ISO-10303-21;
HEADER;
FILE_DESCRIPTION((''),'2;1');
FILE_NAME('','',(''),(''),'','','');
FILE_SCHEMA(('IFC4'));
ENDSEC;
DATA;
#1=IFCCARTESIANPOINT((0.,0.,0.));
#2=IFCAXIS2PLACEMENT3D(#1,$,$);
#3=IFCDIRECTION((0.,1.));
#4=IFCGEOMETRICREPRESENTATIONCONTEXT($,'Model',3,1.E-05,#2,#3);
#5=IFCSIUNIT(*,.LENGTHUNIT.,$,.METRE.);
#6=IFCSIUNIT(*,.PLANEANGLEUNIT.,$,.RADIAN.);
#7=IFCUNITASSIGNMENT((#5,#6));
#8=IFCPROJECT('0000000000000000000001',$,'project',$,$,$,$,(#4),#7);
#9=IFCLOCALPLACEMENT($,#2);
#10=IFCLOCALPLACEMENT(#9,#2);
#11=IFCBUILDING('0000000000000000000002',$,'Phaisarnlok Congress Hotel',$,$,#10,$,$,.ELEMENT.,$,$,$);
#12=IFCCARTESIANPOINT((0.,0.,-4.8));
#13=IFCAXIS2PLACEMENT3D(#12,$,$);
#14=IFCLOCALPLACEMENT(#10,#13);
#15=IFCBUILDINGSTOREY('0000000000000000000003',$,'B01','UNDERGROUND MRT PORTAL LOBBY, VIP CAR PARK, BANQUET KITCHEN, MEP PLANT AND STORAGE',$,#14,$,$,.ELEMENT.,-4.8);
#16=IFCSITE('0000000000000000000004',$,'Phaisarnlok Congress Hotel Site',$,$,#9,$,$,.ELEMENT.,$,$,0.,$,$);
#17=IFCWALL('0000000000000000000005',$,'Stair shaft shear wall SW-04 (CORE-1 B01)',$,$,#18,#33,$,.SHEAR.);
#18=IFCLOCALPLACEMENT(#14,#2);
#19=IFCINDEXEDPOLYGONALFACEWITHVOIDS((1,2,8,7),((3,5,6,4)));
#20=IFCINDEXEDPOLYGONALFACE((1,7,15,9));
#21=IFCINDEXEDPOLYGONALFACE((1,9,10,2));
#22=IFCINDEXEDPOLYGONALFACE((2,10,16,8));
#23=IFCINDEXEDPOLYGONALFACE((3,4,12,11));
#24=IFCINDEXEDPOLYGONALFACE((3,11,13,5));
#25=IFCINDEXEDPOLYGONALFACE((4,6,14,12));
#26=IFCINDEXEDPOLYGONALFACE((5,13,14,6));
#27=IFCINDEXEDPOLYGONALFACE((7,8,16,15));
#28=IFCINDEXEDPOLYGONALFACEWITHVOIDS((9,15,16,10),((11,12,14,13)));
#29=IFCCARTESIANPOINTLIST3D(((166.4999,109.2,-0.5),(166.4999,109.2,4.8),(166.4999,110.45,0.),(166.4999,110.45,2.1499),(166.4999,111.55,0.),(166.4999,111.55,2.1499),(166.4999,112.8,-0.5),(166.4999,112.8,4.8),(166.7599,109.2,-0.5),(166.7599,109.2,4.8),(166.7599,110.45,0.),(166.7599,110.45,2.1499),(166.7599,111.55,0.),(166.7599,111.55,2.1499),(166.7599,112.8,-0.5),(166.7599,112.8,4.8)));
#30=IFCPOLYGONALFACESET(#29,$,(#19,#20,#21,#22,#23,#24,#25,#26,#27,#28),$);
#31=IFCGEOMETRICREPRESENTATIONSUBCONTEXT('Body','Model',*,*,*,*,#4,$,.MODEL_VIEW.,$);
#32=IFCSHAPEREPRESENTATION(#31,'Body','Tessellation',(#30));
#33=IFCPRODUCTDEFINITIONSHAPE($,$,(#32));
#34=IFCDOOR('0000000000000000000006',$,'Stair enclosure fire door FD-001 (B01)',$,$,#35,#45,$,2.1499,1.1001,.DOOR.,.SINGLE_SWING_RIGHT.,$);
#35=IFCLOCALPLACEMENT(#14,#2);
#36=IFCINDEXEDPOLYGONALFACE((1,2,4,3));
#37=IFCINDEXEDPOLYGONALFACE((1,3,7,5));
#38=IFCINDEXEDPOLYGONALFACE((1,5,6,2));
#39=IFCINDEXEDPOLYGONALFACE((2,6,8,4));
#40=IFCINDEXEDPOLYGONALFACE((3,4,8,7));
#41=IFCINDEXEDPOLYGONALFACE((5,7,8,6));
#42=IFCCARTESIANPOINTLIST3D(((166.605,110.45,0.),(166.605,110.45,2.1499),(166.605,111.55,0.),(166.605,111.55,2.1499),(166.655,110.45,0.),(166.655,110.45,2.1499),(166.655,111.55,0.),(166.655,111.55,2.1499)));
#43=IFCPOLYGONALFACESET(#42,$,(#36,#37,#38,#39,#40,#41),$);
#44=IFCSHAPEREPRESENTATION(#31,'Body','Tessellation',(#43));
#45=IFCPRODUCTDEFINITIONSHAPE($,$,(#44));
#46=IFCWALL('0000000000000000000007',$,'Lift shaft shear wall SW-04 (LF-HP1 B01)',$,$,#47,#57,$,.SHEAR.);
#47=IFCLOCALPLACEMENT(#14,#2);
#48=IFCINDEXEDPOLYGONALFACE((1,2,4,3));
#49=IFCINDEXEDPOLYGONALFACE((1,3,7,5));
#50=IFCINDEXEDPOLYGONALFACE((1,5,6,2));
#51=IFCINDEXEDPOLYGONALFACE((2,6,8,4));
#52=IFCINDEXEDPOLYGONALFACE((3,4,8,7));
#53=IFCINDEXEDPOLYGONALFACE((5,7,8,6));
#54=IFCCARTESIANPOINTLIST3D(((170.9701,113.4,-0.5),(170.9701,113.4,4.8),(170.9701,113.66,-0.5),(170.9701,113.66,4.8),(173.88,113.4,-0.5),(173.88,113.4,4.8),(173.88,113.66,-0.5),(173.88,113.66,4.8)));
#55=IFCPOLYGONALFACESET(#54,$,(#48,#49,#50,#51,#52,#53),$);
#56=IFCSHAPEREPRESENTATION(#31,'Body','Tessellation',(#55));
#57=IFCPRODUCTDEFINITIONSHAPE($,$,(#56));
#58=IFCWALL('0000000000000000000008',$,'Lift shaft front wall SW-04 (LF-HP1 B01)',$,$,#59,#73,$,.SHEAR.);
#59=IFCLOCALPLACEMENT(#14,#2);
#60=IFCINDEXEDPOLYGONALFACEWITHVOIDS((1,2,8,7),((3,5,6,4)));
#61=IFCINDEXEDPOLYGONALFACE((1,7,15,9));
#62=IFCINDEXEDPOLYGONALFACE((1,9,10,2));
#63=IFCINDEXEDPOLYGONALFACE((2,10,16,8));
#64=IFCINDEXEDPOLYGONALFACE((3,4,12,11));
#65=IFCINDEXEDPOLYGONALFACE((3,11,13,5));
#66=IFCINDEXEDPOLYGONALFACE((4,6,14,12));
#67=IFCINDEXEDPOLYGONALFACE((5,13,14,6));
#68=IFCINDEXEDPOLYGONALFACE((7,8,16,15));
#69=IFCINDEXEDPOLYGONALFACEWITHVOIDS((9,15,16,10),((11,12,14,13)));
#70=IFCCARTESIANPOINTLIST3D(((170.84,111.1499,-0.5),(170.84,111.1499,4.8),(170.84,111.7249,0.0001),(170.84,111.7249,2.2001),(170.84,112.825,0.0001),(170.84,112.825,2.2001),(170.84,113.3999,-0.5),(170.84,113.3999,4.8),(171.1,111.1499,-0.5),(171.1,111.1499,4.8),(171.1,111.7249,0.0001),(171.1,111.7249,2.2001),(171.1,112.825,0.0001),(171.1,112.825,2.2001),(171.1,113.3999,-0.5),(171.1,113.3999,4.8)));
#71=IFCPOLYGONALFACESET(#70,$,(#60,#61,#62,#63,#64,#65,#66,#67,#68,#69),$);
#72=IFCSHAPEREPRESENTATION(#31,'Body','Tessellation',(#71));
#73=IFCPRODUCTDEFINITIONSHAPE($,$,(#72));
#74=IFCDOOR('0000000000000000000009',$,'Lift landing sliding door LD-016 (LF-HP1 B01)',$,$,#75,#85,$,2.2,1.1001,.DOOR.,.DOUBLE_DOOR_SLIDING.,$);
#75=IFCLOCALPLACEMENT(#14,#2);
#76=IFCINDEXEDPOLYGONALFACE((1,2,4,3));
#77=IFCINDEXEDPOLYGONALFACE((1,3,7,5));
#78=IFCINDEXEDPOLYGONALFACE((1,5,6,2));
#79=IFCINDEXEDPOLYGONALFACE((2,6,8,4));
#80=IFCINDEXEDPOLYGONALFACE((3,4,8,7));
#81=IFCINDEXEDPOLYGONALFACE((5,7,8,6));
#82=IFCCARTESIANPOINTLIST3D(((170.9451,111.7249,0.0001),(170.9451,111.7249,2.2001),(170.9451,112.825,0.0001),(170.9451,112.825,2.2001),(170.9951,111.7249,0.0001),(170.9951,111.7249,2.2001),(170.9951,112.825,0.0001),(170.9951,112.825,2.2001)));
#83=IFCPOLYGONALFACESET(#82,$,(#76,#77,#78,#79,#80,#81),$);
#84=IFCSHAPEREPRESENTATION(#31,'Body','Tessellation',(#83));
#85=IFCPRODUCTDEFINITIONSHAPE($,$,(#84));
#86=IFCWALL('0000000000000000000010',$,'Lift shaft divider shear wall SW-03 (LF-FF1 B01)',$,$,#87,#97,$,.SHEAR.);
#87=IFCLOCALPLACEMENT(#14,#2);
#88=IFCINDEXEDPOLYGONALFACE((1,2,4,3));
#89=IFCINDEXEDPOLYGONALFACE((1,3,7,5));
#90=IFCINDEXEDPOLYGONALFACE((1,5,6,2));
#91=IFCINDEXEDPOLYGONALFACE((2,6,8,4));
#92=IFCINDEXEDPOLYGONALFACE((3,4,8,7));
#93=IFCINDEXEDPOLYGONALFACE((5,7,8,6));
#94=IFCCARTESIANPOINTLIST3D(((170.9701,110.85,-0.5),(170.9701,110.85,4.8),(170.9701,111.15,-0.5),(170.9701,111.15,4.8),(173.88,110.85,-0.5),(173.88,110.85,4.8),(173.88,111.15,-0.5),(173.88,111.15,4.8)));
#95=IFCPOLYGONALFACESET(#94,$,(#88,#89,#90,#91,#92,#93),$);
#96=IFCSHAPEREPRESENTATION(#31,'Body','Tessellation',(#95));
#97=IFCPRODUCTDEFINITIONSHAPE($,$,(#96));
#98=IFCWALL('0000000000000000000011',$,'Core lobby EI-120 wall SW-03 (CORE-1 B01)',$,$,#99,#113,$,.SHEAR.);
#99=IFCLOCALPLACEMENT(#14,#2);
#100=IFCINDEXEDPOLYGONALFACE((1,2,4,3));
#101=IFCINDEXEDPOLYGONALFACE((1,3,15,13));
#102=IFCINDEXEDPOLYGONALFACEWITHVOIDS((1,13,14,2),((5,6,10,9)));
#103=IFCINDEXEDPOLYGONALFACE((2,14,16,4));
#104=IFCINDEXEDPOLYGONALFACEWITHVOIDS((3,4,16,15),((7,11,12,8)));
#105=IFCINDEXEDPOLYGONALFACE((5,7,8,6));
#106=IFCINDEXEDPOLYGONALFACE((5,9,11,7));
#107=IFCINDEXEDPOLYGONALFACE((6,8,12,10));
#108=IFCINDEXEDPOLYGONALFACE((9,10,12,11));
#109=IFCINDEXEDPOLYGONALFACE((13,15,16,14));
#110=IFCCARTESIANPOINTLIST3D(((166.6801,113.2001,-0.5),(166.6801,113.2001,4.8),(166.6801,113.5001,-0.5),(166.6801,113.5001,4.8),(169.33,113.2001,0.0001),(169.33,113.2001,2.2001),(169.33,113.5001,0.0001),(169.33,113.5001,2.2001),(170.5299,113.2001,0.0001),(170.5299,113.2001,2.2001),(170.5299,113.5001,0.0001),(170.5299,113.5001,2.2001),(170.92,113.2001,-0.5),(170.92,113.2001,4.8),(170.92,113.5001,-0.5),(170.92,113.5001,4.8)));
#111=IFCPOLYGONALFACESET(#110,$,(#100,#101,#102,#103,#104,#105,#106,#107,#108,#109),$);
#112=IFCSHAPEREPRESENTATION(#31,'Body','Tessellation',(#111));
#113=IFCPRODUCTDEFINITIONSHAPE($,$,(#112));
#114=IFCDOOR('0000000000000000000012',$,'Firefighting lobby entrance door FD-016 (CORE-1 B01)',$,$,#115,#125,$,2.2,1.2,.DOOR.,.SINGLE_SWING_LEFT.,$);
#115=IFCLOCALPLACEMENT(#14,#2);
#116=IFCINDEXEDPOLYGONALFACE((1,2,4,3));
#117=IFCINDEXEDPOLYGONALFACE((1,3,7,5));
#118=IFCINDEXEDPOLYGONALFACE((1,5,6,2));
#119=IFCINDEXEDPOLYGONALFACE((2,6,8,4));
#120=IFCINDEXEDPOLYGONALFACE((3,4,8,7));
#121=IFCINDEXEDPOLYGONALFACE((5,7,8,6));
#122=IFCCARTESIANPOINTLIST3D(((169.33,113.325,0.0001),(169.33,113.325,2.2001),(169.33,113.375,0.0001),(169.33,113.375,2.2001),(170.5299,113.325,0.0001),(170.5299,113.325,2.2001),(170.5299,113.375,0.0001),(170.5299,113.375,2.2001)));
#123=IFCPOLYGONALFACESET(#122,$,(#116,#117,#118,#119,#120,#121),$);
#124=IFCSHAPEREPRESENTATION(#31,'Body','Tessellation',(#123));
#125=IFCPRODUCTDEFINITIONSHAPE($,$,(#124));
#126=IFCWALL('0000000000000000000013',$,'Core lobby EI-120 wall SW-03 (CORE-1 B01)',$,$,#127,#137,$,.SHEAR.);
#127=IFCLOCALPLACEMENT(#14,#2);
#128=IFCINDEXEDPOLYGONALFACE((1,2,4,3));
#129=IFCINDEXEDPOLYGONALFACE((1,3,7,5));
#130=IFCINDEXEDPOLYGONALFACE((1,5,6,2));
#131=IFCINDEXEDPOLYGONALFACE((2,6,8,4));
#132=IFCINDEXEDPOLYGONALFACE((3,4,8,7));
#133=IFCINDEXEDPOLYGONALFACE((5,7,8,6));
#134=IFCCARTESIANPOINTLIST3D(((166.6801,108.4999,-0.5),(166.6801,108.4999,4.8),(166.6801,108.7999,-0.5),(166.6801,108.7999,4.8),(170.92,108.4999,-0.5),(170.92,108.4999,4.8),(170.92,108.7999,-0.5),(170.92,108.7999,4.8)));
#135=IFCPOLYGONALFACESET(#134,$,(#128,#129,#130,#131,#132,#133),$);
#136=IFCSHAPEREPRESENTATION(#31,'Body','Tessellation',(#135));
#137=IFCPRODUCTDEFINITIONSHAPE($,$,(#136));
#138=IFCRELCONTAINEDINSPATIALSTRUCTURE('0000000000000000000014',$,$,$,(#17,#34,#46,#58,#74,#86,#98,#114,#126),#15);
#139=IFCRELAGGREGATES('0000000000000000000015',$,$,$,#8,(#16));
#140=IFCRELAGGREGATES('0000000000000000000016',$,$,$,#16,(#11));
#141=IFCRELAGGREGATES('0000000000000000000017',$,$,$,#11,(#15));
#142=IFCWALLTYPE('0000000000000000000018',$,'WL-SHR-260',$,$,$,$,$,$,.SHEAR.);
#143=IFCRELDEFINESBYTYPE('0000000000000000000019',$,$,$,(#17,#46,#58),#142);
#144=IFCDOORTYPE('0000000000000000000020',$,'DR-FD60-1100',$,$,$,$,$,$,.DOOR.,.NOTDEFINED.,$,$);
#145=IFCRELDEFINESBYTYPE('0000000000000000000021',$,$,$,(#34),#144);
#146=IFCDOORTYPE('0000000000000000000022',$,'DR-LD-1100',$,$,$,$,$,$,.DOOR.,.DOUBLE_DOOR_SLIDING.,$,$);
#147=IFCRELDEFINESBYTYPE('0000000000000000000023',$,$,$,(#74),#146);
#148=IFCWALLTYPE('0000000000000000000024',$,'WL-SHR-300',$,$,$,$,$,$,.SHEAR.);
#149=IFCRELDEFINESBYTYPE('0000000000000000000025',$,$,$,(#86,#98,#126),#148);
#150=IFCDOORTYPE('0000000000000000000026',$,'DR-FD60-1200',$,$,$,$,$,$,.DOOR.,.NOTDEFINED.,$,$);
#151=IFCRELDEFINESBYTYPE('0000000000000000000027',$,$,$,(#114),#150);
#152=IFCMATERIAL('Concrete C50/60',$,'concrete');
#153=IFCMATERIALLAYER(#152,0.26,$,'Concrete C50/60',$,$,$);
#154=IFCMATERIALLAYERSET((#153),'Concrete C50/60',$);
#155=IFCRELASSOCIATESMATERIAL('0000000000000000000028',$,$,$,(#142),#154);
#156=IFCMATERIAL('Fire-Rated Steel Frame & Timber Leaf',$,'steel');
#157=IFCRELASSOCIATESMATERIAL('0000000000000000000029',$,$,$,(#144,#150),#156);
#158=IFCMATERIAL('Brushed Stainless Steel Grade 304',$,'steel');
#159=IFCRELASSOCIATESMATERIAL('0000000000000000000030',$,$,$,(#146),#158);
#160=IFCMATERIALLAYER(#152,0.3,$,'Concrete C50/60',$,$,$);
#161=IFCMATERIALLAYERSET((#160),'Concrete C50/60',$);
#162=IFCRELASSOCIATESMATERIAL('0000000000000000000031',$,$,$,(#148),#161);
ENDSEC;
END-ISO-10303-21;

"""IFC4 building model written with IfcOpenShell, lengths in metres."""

from ifc_helpers import new_model, si_unit, direction, frame, frame_2d, origin, place, context, subcontext, project, spatial, rectangle, extrude, material, layer, layer_set, type_object, element, fill, save


model = new_model("IFC4")

# Units and contexts
model_context = context("Model", 3, precision=1e-05, world=origin(), true_north=direction((0.0, 1.0)))
body_context = subcontext(model_context, "Body", "Model", "MODEL_VIEW")
ifc_project = project(units=[si_unit("LENGTHUNIT", "METRE"), si_unit("PLANEANGLEUNIT", "RADIAN")], contexts=[model_context])

# Site, building, storey
site_placement = place(None, origin())
site = spatial("IfcSite", under=ifc_project, at=site_placement, Name="Phaisarnlok Congress Hotel Site", CompositionType="ELEMENT", RefElevation=0.0)
building_placement = place(site_placement, origin())
building = spatial("IfcBuilding", under=site, at=building_placement, Name="Phaisarnlok Congress Hotel", CompositionType="ELEMENT")
storey_placement = place(building_placement, frame((0.0, 0.0, -4.8)))
storey = spatial("IfcBuildingStorey", under=building, at=storey_placement, Name="B01", Description="UNDERGROUND MRT PORTAL LOBBY, VIP CAR PARK, BANQUET KITCHEN, MEP PLANT AND STORAGE", CompositionType="ELEMENT", Elevation=-4.8)

# Shared definitions
ifc_material_1 = material(Name="Concrete C50/60", Category="concrete")

# Wall, opening, door
ifc_layer_1 = layer(ifc_material_1, 0.26, Name="Concrete C50/60")
ifc_layer_set_1 = layer_set([ifc_layer_1], Name="Concrete C50/60")
wall_type_1 = type_object("IfcWallType", Name="WL-SHR-260", PredefinedType="SHEAR", material=ifc_layer_set_1)
wall_1_placement = place(storey_placement, frame((166.6299, 109.2, -0.5), z_axis=(0.0, 0.0, 1.0), x_axis=(0.0, 1.0, 0.0)))
wall_1 = element("IfcWall", 1, at=wall_1_placement, inside=storey, type_object=wall_type_1, Name="Stair shaft shear wall SW-04 (CORE-1 B01)", PredefinedType="SHEAR", context=body_context, shape_type="SweptSolid", body=[
    extrude(rectangle(XDim=3.6001, YDim=0.26, at=frame_2d((1.8, 0.0))), origin(), (0.0, 0.0, 1.0), 5.3),
])
opening_1_placement = place(wall_1_placement, frame((1.25, 0.0, 0.5)))
opening_1 = element("IfcOpeningElement", 2, at=opening_1_placement, cuts=wall_1, PredefinedType="OPENING", context=body_context, shape_type="SweptSolid", body=[
    extrude(rectangle(XDim=1.1001, YDim=2.1499, at=frame_2d((0.55, 1.075))), frame((0.0, 0.1401, 0.0), z_axis=(0.0, -1.0, 0.0), x_axis=(1.0, 0.0, 0.0)), (0.0, 0.0, 1.0), 0.28),
])
ifc_material_2 = material(Name="Fire-Rated Steel Frame & Timber Leaf", Category="steel")
door_type_1 = type_object("IfcDoorType", Name="DR-FD60-1100", OperationType="NOTDEFINED", PredefinedType="DOOR", material=ifc_material_2)
door_1_placement = place(opening_1_placement, origin())
door_1 = element("IfcDoor", 3, at=door_1_placement, inside=storey, type_object=door_type_1, Name="Stair enclosure fire door FD-001 (B01)", OperationType="SINGLE_SWING_RIGHT", OverallHeight=2.1499, OverallWidth=1.1001, PredefinedType="DOOR", context=body_context, shape_type="SweptSolid", body=[
    extrude(rectangle(XDim=1.1001, YDim=2.1499, at=frame_2d((0.55, 1.075))), frame((0.0, 0.0249, 0.0), z_axis=(0.0, -1.0, 0.0), x_axis=(1.0, 0.0, 0.0)), (0.0, 0.0, 1.0), 0.05),
])
fill(opening_1, door_1)

# Wall
wall_2_placement = place(storey_placement, frame((170.97, 113.53, -0.5), z_axis=(0.0, 0.0, 1.0), x_axis=(1.0, 0.0, 0.0)))
element("IfcWall", 4, at=wall_2_placement, inside=storey, type_object=wall_type_1, Name="Lift shaft shear wall SW-04 (LF-HP1 B01)", PredefinedType="SHEAR", context=body_context, shape_type="SweptSolid", body=[
    extrude(rectangle(XDim=2.9099, YDim=0.26, at=frame_2d((1.4551, 0.0))), origin(), (0.0, 0.0, 1.0), 5.3),
])

# Wall, opening, door
wall_3_placement = place(storey_placement, frame((170.97, 111.1499, -0.5), z_axis=(0.0, 0.0, 1.0), x_axis=(0.0, 1.0, 0.0)))
wall_3 = element("IfcWall", 5, at=wall_3_placement, inside=storey, type_object=wall_type_1, Name="Lift shaft front wall SW-04 (LF-HP1 B01)", PredefinedType="SHEAR", context=body_context, shape_type="SweptSolid", body=[
    extrude(rectangle(XDim=2.25, YDim=0.26, at=frame_2d((1.125, 0.0))), origin(), (0.0, 0.0, 1.0), 5.3),
])
opening_2_placement = place(wall_3_placement, frame((0.575, 0.0, 0.5)))
opening_2 = element("IfcOpeningElement", 6, at=opening_2_placement, cuts=wall_3, PredefinedType="OPENING", context=body_context, shape_type="SweptSolid", body=[
    extrude(rectangle(XDim=1.1001, YDim=2.2, at=frame_2d((0.55, 1.1001))), frame((0.0, 0.1401, 0.0), z_axis=(0.0, -1.0, 0.0), x_axis=(1.0, 0.0, 0.0)), (0.0, 0.0, 1.0), 0.28),
])
ifc_material_3 = material(Name="Brushed Stainless Steel Grade 304", Category="steel")
door_type_2 = type_object("IfcDoorType", Name="DR-LD-1100", OperationType="DOUBLE_DOOR_SLIDING", PredefinedType="DOOR", material=ifc_material_3)
door_2_placement = place(opening_2_placement, origin())
door_2 = element("IfcDoor", 7, at=door_2_placement, inside=storey, type_object=door_type_2, Name="Lift landing sliding door LD-016 (LF-HP1 B01)", OperationType="DOUBLE_DOOR_SLIDING", OverallHeight=2.2, OverallWidth=1.1001, PredefinedType="DOOR", context=body_context, shape_type="SweptSolid", body=[
    extrude(rectangle(XDim=1.1001, YDim=2.2, at=frame_2d((0.55, 1.1001))), frame((0.0, 0.0249, 0.0), z_axis=(0.0, -1.0, 0.0), x_axis=(1.0, 0.0, 0.0)), (0.0, 0.0, 1.0), 0.05),
])
fill(opening_2, door_2)

# Wall
ifc_layer_2 = layer(ifc_material_1, 0.3, Name="Concrete C50/60")
ifc_layer_set_2 = layer_set([ifc_layer_2], Name="Concrete C50/60")
wall_type_2 = type_object("IfcWallType", Name="WL-SHR-300", PredefinedType="SHEAR", material=ifc_layer_set_2)
wall_4_placement = place(storey_placement, frame((170.97, 111.0, -0.5), z_axis=(0.0, 0.0, 1.0), x_axis=(1.0, 0.0, 0.0)))
element("IfcWall", 8, at=wall_4_placement, inside=storey, type_object=wall_type_2, Name="Lift shaft divider shear wall SW-03 (LF-FF1 B01)", PredefinedType="SHEAR", context=body_context, shape_type="SweptSolid", body=[
    extrude(rectangle(XDim=2.9099, YDim=0.3, at=frame_2d((1.4551, 0.0))), origin(), (0.0, 0.0, 1.0), 5.3),
])

# Wall, opening, door
wall_5_placement = place(storey_placement, frame((166.6799, 113.3501, -0.5), z_axis=(0.0, 0.0, 1.0), x_axis=(1.0, 0.0, 0.0)))
wall_5 = element("IfcWall", 9, at=wall_5_placement, inside=storey, type_object=wall_type_2, Name="Core lobby EI-120 wall SW-03 (CORE-1 B01)", PredefinedType="SHEAR", context=body_context, shape_type="SweptSolid", body=[
    extrude(rectangle(XDim=4.24, YDim=0.3, at=frame_2d((2.1201, 0.0))), origin(), (0.0, 0.0, 1.0), 5.3),
])
opening_3_placement = place(wall_5_placement, frame((2.6499, 0.0, 0.5)))
opening_3 = element("IfcOpeningElement", 10, at=opening_3_placement, cuts=wall_5, PredefinedType="OPENING", context=body_context, shape_type="SweptSolid", body=[
    extrude(rectangle(XDim=1.2, YDim=2.2, at=frame_2d((0.6001, 1.1001))), frame((0.0, 0.1602, 0.0), z_axis=(0.0, -1.0, 0.0), x_axis=(1.0, 0.0, 0.0)), (0.0, 0.0, 1.0), 0.3201),
])
door_type_3 = type_object("IfcDoorType", Name="DR-FD60-1200", OperationType="NOTDEFINED", PredefinedType="DOOR", material=ifc_material_2)
door_3_placement = place(opening_3_placement, origin())
door_3 = element("IfcDoor", 11, at=door_3_placement, inside=storey, type_object=door_type_3, Name="Firefighting lobby entrance door FD-016 (CORE-1 B01)", OperationType="SINGLE_SWING_LEFT", OverallHeight=2.2, OverallWidth=1.2, PredefinedType="DOOR", context=body_context, shape_type="SweptSolid", body=[
    extrude(rectangle(XDim=1.2, YDim=2.2, at=frame_2d((0.6001, 1.1001))), frame((0.0, 0.0249, 0.0), z_axis=(0.0, -1.0, 0.0), x_axis=(1.0, 0.0, 0.0)), (0.0, 0.0, 1.0), 0.05),
])
fill(opening_3, door_3)

# Wall
wall_6_placement = place(storey_placement, frame((166.6799, 108.6499, -0.5), z_axis=(0.0, 0.0, 1.0), x_axis=(1.0, 0.0, 0.0)))
element("IfcWall", 12, at=wall_6_placement, inside=storey, type_object=wall_type_2, Name="Core lobby EI-120 wall SW-03 (CORE-1 B01)", PredefinedType="SHEAR", context=body_context, shape_type="SweptSolid", body=[
    extrude(rectangle(XDim=4.24, YDim=0.3, at=frame_2d((2.1201, 0.0))), origin(), (0.0, 0.0, 1.0), 5.3),
])

save(model, "model.ifc")
